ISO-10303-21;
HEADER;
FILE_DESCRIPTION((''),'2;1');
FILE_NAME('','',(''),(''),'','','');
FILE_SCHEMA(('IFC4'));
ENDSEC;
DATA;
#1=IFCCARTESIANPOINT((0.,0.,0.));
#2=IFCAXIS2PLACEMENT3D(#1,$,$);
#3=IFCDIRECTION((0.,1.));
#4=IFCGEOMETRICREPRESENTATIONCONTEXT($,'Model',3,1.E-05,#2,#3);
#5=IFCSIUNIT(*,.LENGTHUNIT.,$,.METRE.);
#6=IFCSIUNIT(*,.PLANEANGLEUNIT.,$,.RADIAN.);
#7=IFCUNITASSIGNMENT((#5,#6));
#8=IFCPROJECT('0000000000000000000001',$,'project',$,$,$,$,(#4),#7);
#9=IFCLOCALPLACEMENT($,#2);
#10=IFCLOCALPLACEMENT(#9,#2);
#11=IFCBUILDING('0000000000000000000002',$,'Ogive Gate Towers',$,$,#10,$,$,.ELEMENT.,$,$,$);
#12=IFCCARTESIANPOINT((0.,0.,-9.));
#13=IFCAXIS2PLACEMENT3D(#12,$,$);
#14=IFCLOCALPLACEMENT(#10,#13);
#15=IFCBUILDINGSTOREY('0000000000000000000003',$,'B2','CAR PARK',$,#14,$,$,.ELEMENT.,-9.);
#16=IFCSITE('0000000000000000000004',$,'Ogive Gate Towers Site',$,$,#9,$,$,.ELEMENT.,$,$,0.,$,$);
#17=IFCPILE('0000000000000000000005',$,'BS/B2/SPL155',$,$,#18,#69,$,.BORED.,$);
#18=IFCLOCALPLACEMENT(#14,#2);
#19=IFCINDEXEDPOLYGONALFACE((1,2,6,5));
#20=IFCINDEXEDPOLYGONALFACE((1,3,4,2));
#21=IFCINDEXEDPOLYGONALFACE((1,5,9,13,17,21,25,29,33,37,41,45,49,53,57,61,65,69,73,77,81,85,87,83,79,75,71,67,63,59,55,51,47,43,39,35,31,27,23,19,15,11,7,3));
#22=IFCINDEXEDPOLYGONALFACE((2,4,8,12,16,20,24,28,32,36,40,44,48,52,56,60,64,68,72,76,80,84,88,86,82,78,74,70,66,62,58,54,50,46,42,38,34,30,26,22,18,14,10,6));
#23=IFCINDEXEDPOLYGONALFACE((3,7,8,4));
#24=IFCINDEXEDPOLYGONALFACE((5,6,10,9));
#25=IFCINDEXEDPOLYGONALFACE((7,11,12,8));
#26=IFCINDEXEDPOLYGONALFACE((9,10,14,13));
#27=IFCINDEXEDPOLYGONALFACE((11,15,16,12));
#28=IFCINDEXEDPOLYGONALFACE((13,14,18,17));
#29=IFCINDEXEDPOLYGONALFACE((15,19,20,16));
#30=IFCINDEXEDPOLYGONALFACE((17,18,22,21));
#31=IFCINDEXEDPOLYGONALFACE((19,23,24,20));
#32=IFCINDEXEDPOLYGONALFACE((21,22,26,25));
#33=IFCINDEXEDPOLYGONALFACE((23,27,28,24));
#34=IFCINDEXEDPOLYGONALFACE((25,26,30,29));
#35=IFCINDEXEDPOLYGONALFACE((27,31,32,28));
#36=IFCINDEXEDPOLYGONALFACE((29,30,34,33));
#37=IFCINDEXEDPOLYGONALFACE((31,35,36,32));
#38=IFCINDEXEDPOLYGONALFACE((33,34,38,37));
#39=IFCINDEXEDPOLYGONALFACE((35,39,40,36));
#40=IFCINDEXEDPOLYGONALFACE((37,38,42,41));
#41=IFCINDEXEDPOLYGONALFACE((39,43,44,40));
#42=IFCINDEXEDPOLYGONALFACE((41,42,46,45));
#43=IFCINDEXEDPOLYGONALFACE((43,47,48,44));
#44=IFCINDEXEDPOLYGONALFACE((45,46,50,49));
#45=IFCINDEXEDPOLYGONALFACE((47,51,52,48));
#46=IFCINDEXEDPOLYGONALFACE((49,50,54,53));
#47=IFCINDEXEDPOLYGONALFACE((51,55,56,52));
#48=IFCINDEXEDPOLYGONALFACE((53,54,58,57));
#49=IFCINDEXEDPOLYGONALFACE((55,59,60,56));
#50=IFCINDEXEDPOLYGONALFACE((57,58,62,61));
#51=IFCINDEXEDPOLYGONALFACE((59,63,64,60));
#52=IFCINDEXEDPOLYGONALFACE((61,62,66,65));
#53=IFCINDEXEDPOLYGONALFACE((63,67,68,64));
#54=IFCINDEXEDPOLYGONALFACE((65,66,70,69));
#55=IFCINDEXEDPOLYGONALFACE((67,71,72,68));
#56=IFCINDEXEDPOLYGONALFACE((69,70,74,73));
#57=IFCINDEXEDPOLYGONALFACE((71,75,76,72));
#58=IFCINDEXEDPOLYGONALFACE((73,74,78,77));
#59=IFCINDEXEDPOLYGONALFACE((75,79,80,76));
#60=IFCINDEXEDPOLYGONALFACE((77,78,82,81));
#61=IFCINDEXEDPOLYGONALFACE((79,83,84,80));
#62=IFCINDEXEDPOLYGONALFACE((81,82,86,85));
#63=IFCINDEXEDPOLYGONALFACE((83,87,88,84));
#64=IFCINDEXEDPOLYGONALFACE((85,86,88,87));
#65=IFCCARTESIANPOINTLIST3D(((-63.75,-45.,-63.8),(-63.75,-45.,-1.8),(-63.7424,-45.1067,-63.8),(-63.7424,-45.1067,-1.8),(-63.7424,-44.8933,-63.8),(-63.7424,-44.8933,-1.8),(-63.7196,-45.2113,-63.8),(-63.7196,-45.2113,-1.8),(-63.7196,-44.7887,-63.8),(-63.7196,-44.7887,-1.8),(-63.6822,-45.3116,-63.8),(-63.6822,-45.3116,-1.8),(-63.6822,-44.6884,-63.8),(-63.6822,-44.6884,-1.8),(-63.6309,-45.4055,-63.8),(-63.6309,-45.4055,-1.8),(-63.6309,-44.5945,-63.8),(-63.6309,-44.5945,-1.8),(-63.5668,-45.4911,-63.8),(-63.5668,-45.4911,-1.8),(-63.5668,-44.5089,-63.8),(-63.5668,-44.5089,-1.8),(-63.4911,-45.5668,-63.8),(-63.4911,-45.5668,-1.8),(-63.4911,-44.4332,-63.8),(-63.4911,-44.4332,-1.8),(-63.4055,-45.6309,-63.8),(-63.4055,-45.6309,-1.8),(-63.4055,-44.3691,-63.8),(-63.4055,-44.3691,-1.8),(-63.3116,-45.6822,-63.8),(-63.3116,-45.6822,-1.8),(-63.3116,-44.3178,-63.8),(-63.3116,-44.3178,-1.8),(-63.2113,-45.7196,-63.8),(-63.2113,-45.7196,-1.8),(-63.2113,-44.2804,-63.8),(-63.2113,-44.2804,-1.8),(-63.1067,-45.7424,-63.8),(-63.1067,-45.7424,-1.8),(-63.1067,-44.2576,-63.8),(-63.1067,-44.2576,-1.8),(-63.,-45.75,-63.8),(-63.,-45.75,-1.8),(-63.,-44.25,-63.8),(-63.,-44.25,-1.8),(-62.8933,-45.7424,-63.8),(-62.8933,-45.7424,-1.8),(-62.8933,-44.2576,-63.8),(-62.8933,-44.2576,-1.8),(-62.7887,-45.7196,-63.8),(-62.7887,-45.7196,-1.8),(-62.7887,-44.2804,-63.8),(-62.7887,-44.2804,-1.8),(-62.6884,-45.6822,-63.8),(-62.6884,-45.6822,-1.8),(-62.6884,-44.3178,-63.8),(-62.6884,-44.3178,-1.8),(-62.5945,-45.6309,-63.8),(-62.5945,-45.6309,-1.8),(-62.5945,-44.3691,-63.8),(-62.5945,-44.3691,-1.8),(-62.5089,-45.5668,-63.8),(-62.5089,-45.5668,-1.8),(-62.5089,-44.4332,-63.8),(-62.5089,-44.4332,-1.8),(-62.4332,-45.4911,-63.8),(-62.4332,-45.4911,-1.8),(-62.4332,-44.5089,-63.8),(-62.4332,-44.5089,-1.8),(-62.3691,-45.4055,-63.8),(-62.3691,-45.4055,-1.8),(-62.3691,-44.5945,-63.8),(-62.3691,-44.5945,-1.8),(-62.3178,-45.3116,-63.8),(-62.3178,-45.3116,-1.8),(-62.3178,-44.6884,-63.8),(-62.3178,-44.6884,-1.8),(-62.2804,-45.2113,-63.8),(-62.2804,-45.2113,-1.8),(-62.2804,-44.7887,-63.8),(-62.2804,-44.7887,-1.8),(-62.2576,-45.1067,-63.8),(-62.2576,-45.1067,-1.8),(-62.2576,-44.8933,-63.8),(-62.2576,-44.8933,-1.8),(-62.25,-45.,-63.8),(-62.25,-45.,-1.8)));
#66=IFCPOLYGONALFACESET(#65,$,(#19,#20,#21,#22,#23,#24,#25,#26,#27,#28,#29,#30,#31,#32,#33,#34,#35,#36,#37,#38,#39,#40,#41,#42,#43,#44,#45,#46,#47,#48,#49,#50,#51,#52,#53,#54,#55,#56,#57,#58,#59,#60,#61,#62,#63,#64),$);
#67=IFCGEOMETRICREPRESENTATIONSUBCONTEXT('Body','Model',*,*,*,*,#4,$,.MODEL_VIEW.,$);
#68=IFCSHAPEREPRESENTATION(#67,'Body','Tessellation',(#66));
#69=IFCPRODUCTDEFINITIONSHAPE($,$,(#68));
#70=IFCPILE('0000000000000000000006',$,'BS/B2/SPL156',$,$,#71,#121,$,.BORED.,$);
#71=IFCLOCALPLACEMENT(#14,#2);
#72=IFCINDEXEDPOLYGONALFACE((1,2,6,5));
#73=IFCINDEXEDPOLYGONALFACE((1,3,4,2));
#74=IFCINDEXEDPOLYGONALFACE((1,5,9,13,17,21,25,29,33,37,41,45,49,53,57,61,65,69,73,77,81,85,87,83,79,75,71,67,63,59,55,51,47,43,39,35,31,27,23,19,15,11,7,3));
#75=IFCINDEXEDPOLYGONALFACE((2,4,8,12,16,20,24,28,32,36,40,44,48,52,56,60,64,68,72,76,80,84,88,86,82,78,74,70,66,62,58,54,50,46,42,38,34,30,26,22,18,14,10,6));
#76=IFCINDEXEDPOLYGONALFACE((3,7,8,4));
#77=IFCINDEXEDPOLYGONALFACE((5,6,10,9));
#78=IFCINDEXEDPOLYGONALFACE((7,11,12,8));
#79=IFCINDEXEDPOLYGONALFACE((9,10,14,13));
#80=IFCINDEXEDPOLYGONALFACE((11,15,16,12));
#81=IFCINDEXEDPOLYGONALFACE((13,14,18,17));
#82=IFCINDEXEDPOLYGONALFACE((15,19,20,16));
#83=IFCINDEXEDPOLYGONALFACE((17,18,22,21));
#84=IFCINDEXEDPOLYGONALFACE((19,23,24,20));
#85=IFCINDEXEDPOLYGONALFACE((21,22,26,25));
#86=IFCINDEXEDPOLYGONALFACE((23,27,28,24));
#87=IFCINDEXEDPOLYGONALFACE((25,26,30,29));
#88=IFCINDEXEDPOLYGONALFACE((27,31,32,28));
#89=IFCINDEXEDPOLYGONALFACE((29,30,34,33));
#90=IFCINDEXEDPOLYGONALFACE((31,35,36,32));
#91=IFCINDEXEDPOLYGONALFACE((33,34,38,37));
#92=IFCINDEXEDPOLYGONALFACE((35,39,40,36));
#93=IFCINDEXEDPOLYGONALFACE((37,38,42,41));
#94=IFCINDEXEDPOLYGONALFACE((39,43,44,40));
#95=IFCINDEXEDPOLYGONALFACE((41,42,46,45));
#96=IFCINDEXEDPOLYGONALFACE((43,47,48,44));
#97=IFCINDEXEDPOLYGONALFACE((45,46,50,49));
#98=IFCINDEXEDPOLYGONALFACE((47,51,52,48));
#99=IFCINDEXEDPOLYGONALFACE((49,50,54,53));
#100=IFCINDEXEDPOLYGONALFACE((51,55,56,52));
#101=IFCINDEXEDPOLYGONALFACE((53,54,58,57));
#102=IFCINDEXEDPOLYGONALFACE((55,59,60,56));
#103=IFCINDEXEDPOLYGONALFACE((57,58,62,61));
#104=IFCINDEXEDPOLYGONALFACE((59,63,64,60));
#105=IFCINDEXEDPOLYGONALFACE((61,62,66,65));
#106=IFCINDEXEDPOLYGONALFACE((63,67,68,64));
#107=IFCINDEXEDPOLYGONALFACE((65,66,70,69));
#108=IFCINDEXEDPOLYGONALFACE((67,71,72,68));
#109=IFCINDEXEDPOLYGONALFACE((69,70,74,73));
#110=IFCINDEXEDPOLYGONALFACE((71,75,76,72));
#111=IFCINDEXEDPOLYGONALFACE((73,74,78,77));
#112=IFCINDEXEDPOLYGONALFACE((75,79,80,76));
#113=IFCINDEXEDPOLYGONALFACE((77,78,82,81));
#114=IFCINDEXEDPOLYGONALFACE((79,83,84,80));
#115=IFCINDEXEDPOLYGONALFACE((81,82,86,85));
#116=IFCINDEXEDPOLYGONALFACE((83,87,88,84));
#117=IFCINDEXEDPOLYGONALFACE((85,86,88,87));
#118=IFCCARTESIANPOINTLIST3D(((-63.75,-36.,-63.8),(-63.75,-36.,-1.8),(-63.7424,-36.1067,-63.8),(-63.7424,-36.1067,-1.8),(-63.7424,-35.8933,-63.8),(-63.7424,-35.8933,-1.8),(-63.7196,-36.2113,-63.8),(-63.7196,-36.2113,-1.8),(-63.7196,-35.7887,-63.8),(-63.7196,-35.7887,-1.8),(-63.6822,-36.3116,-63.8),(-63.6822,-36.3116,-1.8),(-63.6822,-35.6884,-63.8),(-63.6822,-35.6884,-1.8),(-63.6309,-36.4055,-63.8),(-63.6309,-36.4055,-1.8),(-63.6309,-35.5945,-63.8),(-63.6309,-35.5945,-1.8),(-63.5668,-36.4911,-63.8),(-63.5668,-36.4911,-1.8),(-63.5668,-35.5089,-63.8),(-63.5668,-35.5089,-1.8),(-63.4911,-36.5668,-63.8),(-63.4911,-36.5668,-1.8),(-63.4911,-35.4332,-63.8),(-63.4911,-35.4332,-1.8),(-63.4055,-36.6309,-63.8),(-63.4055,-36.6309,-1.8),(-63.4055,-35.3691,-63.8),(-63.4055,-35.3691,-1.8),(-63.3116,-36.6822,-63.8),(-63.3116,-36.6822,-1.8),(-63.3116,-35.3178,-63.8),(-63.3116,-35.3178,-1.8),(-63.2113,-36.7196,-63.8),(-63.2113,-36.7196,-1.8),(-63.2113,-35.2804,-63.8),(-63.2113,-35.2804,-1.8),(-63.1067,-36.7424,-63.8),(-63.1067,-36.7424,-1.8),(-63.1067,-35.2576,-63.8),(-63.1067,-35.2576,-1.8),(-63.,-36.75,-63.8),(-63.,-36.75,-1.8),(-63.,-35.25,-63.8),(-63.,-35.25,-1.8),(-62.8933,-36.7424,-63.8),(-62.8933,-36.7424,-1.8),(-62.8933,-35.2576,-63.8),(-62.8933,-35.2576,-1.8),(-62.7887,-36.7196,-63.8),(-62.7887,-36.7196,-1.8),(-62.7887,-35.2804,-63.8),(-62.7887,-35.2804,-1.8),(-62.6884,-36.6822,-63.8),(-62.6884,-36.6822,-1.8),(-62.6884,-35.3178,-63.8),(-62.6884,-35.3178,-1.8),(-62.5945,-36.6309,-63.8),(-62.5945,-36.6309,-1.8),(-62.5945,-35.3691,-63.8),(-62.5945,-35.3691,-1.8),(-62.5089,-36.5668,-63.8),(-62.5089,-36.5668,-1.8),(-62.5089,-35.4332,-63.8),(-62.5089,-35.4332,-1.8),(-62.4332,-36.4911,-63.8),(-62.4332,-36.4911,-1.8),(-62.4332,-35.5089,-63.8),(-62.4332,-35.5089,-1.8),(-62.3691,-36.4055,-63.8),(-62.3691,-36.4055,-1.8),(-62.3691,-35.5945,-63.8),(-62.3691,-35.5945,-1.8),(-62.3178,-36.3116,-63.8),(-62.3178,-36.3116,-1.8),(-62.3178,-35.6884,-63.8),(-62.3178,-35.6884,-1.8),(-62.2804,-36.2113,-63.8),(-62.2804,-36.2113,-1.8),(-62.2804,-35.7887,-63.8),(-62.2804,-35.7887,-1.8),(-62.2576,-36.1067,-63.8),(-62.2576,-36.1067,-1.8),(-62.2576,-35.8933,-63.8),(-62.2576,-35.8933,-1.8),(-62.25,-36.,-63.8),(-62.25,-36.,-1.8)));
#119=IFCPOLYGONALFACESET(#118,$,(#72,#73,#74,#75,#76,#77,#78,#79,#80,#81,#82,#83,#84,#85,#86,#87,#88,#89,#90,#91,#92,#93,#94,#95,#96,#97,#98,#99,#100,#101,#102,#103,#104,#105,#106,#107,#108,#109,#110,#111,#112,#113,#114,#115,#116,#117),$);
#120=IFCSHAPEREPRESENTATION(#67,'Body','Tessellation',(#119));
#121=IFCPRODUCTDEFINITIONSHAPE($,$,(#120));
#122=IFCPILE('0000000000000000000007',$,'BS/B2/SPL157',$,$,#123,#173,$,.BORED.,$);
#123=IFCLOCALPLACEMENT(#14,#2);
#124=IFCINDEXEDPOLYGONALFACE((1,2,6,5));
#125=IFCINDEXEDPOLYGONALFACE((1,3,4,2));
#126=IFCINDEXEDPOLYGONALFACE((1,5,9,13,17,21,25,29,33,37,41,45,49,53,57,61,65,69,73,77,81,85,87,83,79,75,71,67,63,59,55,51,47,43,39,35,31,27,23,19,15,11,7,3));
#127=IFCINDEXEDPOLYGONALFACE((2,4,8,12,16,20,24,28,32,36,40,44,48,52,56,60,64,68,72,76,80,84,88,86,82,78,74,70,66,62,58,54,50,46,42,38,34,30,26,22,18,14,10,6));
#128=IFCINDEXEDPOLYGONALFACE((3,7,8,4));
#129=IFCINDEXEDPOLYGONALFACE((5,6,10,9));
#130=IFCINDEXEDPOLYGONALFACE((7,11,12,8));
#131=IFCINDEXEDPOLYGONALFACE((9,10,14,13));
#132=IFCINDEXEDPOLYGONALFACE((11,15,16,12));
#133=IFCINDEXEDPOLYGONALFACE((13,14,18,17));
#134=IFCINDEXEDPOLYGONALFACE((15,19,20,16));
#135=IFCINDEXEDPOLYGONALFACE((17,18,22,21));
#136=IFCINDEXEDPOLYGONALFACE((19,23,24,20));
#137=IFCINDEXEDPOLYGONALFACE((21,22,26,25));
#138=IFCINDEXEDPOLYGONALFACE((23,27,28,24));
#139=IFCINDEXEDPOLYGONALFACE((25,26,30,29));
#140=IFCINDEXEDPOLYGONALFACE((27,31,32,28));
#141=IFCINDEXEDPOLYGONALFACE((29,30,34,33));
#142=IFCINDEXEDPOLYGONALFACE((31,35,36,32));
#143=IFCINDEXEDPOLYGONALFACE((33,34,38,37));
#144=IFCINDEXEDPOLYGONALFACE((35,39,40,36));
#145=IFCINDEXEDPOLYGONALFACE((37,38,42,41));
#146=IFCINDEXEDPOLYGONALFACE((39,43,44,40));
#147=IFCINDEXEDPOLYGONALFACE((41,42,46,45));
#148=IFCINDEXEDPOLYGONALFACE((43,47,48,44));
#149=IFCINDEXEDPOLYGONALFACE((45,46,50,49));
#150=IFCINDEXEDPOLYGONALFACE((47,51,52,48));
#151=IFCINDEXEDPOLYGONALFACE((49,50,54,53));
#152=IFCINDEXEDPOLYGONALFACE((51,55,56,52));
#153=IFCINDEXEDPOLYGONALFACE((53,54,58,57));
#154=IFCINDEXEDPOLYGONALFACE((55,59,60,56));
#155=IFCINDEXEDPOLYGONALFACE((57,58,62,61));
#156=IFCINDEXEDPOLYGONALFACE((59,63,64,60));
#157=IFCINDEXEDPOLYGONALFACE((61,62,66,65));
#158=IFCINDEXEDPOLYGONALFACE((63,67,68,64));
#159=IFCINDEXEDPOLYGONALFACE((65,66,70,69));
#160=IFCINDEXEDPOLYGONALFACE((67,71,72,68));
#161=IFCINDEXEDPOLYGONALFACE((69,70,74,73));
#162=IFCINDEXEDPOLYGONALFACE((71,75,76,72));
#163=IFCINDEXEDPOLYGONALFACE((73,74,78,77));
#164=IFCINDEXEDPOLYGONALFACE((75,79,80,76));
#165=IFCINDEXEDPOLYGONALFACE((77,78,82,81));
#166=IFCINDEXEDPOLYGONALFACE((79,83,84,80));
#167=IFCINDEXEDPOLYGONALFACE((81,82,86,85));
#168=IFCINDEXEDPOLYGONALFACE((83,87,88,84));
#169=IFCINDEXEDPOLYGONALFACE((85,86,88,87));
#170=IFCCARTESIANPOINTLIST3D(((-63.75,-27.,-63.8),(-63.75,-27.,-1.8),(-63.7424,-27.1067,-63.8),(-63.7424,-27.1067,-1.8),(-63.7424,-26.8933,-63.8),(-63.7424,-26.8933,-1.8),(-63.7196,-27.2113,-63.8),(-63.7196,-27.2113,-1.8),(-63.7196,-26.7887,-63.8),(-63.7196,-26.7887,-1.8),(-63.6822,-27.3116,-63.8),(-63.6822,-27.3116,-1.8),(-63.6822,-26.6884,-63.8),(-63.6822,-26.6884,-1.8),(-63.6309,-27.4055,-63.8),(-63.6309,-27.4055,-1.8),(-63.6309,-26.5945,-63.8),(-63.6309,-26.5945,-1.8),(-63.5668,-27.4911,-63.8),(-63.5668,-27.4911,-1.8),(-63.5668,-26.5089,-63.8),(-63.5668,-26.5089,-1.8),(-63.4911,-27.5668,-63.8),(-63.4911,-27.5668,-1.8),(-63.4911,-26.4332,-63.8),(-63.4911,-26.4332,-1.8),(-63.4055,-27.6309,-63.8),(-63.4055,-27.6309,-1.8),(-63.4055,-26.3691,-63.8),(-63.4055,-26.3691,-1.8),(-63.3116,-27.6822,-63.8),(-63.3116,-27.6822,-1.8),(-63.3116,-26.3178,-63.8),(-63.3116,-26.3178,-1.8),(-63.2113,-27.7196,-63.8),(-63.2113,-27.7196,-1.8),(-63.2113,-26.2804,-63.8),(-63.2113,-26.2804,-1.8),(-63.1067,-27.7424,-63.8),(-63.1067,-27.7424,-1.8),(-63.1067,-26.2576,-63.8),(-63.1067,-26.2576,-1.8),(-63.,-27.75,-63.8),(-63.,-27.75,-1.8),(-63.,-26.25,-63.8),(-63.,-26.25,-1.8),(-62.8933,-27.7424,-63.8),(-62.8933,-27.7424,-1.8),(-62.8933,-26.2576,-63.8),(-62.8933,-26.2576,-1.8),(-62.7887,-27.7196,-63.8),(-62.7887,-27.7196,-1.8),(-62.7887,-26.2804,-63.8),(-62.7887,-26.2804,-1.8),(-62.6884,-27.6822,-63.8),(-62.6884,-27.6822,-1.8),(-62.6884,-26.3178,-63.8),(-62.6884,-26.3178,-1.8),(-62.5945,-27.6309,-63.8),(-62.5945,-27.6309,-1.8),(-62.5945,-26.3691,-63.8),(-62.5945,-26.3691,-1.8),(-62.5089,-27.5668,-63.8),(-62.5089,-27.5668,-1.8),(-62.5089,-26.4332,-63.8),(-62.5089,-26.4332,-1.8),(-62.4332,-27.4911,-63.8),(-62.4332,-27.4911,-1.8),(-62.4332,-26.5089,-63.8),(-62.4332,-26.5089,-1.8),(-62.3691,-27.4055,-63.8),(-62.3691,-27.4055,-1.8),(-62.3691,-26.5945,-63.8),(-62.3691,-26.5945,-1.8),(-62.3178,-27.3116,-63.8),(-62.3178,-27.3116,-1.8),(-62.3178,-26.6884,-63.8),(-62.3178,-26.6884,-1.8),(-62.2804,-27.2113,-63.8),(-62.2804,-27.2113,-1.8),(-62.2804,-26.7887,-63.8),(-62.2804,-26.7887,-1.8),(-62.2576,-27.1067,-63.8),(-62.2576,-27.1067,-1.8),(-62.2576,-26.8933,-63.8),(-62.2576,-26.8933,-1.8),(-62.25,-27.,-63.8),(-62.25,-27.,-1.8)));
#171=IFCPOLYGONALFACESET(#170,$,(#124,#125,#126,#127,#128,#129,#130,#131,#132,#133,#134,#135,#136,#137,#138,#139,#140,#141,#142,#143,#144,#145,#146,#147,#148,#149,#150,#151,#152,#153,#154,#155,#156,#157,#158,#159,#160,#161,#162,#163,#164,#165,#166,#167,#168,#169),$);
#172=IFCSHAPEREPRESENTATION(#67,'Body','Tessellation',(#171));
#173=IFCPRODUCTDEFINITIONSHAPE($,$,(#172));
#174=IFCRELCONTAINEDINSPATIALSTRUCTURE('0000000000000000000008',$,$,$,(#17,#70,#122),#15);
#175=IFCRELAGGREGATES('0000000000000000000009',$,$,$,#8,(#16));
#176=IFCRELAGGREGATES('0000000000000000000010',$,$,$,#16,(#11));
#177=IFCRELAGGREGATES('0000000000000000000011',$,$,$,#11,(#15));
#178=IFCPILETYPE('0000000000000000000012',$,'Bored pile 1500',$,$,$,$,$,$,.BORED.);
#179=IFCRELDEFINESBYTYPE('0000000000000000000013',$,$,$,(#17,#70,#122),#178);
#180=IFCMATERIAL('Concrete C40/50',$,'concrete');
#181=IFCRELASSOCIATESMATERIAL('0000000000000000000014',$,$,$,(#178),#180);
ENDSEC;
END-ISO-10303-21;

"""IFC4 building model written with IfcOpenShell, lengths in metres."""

from ifc_helpers import new_model, si_unit, direction, frame, origin, origin_2d, place, context, subcontext, project, spatial, circle, extrude, material, material_profile, profile_set, type_object, element, save


model = new_model("IFC4")

# Units and contexts
model_context = context("Model", 3, precision=1e-05, world=origin(), true_north=direction((0.0, 1.0)))
body_context = subcontext(model_context, "Body", "Model", "MODEL_VIEW")
ifc_project = project(units=[si_unit("LENGTHUNIT", "METRE"), si_unit("PLANEANGLEUNIT", "RADIAN")], contexts=[model_context])

# Site, building, storey
site_placement = place(None, origin())
site = spatial("IfcSite", under=ifc_project, at=site_placement, Name="Ogive Gate Towers Site", CompositionType="ELEMENT", RefElevation=0.0)
building_placement = place(site_placement, origin())
building = spatial("IfcBuilding", under=site, at=building_placement, Name="Ogive Gate Towers", CompositionType="ELEMENT")
storey_placement = place(building_placement, frame((0.0, 0.0, -9.0)))
storey = spatial("IfcBuildingStorey", under=building, at=storey_placement, Name="B2", Description="CAR PARK", CompositionType="ELEMENT", Elevation=-9.0)

# Piles
ifc_material_1 = material(Name="Concrete C40/50", Category="concrete")
ifc_material_profile_1 = material_profile(ifc_material_1, circle(Radius=0.75, at=origin_2d()), Name="BP 1500")
ifc_profile_set_1 = profile_set([ifc_material_profile_1], Name="Concrete C40/50")
pile_type_1 = type_object("IfcPileType", Name="Bored pile 1500", PredefinedType="BORED", material=ifc_profile_set_1)
for number, where, z_axis, x_axis, name in (
    (1, (-63.0, -45.0, -1.8), (0.0, 0.0, -1.0), (1.0, 0.0, 0.0), "BS/B2/SPL155"),
    (2, (-63.0, -36.0, -1.8), (0.0, 0.0, -1.0), (1.0, 0.0, 0.0), "BS/B2/SPL156"),
    (3, (-63.0, -27.0, -1.8), (0.0, 0.0, -1.0), (1.0, 0.0, 0.0), "BS/B2/SPL157"),
):
    element("IfcPile", number, at=place(storey_placement, frame(where, z_axis=z_axis, x_axis=x_axis)), inside=storey, type_object=pile_type_1, Name=name, PredefinedType="BORED", context=body_context, shape_type="SweptSolid", body=[
        extrude(circle(Radius=0.75, at=origin_2d()), origin(), (0.0, 0.0, 1.0), 62.0),
    ])

save(model, "model.ifc")
